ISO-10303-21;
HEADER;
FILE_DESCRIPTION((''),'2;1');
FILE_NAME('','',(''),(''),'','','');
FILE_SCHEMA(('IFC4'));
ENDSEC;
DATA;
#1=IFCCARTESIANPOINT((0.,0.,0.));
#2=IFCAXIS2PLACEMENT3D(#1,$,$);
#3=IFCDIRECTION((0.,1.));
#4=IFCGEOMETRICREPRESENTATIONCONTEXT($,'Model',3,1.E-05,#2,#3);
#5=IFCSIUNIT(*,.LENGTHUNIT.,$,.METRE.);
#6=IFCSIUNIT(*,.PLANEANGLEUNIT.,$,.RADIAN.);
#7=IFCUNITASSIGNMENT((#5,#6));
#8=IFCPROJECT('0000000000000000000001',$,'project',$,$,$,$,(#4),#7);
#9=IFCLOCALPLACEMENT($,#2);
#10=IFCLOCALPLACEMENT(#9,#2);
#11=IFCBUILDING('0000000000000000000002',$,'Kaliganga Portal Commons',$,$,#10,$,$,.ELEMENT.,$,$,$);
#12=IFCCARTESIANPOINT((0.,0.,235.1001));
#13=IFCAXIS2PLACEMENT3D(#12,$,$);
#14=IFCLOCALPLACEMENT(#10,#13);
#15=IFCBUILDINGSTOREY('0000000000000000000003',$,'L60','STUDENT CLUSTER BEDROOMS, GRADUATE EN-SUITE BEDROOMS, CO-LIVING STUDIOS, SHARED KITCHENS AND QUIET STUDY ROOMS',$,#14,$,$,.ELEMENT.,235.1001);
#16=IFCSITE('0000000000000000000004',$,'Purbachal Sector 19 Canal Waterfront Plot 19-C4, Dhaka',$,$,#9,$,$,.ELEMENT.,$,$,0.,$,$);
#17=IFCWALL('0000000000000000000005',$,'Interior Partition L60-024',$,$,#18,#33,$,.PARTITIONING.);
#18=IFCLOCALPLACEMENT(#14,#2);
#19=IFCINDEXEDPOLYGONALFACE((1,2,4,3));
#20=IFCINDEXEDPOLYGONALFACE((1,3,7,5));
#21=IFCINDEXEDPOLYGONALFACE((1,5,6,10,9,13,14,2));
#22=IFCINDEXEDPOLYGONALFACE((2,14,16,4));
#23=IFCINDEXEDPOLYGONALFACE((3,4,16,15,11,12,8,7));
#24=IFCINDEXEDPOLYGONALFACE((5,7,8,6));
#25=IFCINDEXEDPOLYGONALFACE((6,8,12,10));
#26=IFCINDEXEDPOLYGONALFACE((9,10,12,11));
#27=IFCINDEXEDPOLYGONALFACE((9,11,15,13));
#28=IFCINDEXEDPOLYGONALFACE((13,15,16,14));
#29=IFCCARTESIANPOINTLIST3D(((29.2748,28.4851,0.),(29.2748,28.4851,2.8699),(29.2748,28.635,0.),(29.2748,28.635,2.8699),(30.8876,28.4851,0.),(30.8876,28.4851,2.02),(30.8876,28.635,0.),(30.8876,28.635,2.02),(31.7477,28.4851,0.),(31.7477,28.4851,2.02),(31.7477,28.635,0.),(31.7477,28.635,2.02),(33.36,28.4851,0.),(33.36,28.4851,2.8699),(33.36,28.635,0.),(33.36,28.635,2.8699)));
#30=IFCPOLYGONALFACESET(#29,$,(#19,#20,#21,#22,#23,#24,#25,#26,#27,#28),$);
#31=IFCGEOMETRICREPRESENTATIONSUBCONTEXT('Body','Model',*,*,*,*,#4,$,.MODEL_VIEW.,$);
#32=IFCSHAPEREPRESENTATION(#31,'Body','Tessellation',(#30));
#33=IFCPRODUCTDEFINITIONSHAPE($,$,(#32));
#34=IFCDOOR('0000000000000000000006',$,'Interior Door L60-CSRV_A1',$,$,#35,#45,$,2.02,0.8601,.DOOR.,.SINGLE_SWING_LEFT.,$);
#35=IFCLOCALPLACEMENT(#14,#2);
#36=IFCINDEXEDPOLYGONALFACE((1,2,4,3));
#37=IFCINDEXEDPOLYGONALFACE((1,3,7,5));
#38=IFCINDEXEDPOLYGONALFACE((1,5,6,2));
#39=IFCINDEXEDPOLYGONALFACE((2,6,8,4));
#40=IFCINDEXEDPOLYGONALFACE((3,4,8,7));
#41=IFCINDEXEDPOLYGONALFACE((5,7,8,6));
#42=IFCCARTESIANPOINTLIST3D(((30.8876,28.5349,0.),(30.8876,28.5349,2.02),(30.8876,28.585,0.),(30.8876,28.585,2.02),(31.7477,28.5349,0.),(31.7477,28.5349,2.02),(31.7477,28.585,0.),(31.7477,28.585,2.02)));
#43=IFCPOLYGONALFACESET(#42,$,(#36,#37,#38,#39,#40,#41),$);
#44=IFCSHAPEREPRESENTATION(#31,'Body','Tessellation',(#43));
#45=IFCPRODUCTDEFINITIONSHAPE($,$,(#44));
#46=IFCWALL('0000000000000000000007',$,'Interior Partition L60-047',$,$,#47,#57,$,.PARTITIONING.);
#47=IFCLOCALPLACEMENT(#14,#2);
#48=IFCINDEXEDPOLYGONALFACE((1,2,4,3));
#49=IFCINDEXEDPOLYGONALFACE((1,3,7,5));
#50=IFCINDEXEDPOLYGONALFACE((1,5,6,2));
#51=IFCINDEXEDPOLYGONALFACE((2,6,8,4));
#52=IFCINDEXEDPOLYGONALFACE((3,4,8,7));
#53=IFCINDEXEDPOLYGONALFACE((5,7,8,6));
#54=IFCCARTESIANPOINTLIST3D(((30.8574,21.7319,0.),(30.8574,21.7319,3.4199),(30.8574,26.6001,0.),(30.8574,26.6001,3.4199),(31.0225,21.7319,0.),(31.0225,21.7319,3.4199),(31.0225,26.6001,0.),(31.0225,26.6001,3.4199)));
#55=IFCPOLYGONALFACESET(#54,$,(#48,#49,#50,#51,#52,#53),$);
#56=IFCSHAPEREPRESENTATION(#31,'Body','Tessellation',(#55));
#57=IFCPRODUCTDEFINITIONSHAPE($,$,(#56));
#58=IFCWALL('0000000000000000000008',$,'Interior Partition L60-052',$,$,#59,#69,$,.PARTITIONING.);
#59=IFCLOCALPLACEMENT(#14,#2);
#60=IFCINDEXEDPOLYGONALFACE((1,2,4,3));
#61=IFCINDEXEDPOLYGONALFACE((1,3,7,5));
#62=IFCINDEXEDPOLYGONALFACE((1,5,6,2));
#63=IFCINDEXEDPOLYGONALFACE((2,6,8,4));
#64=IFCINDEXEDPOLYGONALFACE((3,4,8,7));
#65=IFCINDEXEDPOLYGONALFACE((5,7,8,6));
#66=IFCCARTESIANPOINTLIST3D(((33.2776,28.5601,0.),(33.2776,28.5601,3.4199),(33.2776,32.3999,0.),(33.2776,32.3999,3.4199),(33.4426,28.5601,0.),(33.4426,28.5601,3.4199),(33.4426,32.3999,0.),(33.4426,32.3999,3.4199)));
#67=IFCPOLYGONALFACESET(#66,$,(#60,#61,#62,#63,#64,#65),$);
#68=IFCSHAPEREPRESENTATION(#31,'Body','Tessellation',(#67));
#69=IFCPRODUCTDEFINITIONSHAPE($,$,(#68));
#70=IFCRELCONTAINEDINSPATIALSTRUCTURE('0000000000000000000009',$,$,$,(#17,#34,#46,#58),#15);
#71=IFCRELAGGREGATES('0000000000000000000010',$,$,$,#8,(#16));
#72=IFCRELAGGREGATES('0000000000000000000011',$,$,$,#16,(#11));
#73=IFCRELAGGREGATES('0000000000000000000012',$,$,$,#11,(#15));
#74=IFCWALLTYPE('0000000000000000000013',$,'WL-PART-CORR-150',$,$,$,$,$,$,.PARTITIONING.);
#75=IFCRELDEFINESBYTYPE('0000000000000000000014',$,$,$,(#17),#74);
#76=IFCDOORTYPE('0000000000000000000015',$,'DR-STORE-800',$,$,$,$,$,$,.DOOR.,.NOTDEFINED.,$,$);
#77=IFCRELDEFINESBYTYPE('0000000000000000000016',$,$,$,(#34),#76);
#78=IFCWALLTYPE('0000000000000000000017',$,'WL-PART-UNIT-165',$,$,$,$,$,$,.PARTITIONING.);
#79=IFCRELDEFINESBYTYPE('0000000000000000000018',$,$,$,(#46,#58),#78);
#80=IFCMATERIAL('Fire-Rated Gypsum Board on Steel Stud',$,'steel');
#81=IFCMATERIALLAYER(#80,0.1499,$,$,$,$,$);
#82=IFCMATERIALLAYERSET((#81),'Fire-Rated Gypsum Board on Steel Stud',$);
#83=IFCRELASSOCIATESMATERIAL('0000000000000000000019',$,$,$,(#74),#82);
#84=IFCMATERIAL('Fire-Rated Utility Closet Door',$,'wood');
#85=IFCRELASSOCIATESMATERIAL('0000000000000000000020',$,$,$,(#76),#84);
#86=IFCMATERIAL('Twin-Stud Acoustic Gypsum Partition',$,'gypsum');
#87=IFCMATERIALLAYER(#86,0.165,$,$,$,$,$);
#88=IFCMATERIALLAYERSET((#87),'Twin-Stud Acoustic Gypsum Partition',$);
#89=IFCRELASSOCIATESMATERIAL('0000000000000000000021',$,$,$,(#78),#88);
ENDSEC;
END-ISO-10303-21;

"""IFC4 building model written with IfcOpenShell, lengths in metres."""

from ifc_helpers import new_model, si_unit, direction, frame, frame_2d, origin, place, context, subcontext, project, spatial, rectangle, extrude, material, layer, layer_set, type_object, element, fill, save


model = new_model("IFC4")

# Units and contexts
model_context = context("Model", 3, precision=1e-05, world=origin(), true_north=direction((0.0, 1.0)))
body_context = subcontext(model_context, "Body", "Model", "MODEL_VIEW")
ifc_project = project(units=[si_unit("LENGTHUNIT", "METRE"), si_unit("PLANEANGLEUNIT", "RADIAN")], contexts=[model_context])

# Site, building, storey
site_placement = place(None, origin())
site = spatial("IfcSite", under=ifc_project, at=site_placement, Name="Purbachal Sector 19 Canal Waterfront Plot 19-C4, Dhaka", CompositionType="ELEMENT", RefElevation=0.0)
building_placement = place(site_placement, origin())
building = spatial("IfcBuilding", under=site, at=building_placement, Name="Kaliganga Portal Commons", CompositionType="ELEMENT")
storey_placement = place(building_placement, frame((0.0, 0.0, 235.1001)))
storey = spatial("IfcBuildingStorey", under=building, at=storey_placement, Name="L60", Description="STUDENT CLUSTER BEDROOMS, GRADUATE EN-SUITE BEDROOMS, CO-LIVING STUDIOS, SHARED KITCHENS AND QUIET STUDY ROOMS", CompositionType="ELEMENT", Elevation=235.1001)

# Wall, opening, door
ifc_material_1 = material(Name="Fire-Rated Gypsum Board on Steel Stud", Category="steel")
ifc_layer_1 = layer(ifc_material_1, 0.1499)
ifc_layer_set_1 = layer_set([ifc_layer_1], Name="Fire-Rated Gypsum Board on Steel Stud")
wall_type_1 = type_object("IfcWallType", Name="WL-PART-CORR-150", PredefinedType="PARTITIONING", material=ifc_layer_set_1)
wall_1_placement = place(storey_placement, frame((29.2749, 28.5601, 0.0), z_axis=(0.0, 0.0, 1.0), x_axis=(1.0, 0.0, 0.0)))
wall_1 = element("IfcWall", 1, at=wall_1_placement, inside=storey, type_object=wall_type_1, Name="Interior Partition L60-024", PredefinedType="PARTITIONING", context=body_context, shape_type="SweptSolid", body=[
    extrude(rectangle(XDim=4.0852, YDim=0.1499, at=frame_2d((2.0425, 0.0))), origin(), (0.0, 0.0, 1.0), 2.8699),
])
opening_1_placement = place(wall_1_placement, frame((1.6125, 0.0, 0.0)))
opening_1 = element("IfcOpeningElement", 2, at=opening_1_placement, cuts=wall_1, PredefinedType="OPENING", context=body_context, shape_type="SweptSolid", body=[
    extrude(rectangle(XDim=0.8601, YDim=2.02, at=frame_2d((0.4302, 1.01))), frame((0.0, 0.085, 0.0), z_axis=(0.0, -1.0, 0.0), x_axis=(1.0, 0.0, 0.0)), (0.0, 0.0, 1.0), 0.1699),
])
ifc_material_2 = material(Name="Fire-Rated Utility Closet Door", Category="wood")
door_type_1 = type_object("IfcDoorType", Name="DR-STORE-800", OperationType="NOTDEFINED", PredefinedType="DOOR", material=ifc_material_2)
door_1_placement = place(opening_1_placement, origin())
door_1 = element("IfcDoor", 3, at=door_1_placement, inside=storey, type_object=door_type_1, Name="Interior Door L60-CSRV_A1", OperationType="SINGLE_SWING_LEFT", OverallHeight=2.02, OverallWidth=0.8601, PredefinedType="DOOR", context=body_context, shape_type="SweptSolid", body=[
    extrude(rectangle(XDim=0.8601, YDim=2.02, at=frame_2d((0.4302, 1.01))), frame((0.0, 0.0249, 0.0), z_axis=(0.0, -1.0, 0.0), x_axis=(1.0, 0.0, 0.0)), (0.0, 0.0, 1.0), 0.05),
])
fill(opening_1, door_1)

# Walls
ifc_material_3 = material(Name="Twin-Stud Acoustic Gypsum Partition", Category="gypsum")
ifc_layer_2 = layer(ifc_material_3, 0.165)
ifc_layer_set_2 = layer_set([ifc_layer_2], Name="Twin-Stud Acoustic Gypsum Partition")
wall_type_2 = type_object("IfcWallType", Name="WL-PART-UNIT-165", PredefinedType="PARTITIONING", material=ifc_layer_set_2)
wall_2_placement = place(storey_placement, frame((30.9399, 21.7319, 0.0), z_axis=(0.0, 0.0, 1.0), x_axis=(0.0, 1.0, 0.0)))
element("IfcWall", 4, at=wall_2_placement, inside=storey, type_object=wall_type_2, Name="Interior Partition L60-047", PredefinedType="PARTITIONING", context=body_context, shape_type="SweptSolid", body=[
    extrude(rectangle(XDim=4.8682, YDim=0.165, at=frame_2d((2.4341, 0.0))), origin(), (0.0, 0.0, 1.0), 3.4199),
])
wall_3_placement = place(storey_placement, frame((33.3601, 28.5601, 0.0), z_axis=(0.0, 0.0, 1.0), x_axis=(0.0, 1.0, 0.0)))
element("IfcWall", 5, at=wall_3_placement, inside=storey, type_object=wall_type_2, Name="Interior Partition L60-052", PredefinedType="PARTITIONING", context=body_context, shape_type="SweptSolid", body=[
    extrude(rectangle(XDim=3.8398, YDim=0.165, at=frame_2d((1.9199, 0.0))), origin(), (0.0, 0.0, 1.0), 3.4199),
])

save(model, "model.ifc")
